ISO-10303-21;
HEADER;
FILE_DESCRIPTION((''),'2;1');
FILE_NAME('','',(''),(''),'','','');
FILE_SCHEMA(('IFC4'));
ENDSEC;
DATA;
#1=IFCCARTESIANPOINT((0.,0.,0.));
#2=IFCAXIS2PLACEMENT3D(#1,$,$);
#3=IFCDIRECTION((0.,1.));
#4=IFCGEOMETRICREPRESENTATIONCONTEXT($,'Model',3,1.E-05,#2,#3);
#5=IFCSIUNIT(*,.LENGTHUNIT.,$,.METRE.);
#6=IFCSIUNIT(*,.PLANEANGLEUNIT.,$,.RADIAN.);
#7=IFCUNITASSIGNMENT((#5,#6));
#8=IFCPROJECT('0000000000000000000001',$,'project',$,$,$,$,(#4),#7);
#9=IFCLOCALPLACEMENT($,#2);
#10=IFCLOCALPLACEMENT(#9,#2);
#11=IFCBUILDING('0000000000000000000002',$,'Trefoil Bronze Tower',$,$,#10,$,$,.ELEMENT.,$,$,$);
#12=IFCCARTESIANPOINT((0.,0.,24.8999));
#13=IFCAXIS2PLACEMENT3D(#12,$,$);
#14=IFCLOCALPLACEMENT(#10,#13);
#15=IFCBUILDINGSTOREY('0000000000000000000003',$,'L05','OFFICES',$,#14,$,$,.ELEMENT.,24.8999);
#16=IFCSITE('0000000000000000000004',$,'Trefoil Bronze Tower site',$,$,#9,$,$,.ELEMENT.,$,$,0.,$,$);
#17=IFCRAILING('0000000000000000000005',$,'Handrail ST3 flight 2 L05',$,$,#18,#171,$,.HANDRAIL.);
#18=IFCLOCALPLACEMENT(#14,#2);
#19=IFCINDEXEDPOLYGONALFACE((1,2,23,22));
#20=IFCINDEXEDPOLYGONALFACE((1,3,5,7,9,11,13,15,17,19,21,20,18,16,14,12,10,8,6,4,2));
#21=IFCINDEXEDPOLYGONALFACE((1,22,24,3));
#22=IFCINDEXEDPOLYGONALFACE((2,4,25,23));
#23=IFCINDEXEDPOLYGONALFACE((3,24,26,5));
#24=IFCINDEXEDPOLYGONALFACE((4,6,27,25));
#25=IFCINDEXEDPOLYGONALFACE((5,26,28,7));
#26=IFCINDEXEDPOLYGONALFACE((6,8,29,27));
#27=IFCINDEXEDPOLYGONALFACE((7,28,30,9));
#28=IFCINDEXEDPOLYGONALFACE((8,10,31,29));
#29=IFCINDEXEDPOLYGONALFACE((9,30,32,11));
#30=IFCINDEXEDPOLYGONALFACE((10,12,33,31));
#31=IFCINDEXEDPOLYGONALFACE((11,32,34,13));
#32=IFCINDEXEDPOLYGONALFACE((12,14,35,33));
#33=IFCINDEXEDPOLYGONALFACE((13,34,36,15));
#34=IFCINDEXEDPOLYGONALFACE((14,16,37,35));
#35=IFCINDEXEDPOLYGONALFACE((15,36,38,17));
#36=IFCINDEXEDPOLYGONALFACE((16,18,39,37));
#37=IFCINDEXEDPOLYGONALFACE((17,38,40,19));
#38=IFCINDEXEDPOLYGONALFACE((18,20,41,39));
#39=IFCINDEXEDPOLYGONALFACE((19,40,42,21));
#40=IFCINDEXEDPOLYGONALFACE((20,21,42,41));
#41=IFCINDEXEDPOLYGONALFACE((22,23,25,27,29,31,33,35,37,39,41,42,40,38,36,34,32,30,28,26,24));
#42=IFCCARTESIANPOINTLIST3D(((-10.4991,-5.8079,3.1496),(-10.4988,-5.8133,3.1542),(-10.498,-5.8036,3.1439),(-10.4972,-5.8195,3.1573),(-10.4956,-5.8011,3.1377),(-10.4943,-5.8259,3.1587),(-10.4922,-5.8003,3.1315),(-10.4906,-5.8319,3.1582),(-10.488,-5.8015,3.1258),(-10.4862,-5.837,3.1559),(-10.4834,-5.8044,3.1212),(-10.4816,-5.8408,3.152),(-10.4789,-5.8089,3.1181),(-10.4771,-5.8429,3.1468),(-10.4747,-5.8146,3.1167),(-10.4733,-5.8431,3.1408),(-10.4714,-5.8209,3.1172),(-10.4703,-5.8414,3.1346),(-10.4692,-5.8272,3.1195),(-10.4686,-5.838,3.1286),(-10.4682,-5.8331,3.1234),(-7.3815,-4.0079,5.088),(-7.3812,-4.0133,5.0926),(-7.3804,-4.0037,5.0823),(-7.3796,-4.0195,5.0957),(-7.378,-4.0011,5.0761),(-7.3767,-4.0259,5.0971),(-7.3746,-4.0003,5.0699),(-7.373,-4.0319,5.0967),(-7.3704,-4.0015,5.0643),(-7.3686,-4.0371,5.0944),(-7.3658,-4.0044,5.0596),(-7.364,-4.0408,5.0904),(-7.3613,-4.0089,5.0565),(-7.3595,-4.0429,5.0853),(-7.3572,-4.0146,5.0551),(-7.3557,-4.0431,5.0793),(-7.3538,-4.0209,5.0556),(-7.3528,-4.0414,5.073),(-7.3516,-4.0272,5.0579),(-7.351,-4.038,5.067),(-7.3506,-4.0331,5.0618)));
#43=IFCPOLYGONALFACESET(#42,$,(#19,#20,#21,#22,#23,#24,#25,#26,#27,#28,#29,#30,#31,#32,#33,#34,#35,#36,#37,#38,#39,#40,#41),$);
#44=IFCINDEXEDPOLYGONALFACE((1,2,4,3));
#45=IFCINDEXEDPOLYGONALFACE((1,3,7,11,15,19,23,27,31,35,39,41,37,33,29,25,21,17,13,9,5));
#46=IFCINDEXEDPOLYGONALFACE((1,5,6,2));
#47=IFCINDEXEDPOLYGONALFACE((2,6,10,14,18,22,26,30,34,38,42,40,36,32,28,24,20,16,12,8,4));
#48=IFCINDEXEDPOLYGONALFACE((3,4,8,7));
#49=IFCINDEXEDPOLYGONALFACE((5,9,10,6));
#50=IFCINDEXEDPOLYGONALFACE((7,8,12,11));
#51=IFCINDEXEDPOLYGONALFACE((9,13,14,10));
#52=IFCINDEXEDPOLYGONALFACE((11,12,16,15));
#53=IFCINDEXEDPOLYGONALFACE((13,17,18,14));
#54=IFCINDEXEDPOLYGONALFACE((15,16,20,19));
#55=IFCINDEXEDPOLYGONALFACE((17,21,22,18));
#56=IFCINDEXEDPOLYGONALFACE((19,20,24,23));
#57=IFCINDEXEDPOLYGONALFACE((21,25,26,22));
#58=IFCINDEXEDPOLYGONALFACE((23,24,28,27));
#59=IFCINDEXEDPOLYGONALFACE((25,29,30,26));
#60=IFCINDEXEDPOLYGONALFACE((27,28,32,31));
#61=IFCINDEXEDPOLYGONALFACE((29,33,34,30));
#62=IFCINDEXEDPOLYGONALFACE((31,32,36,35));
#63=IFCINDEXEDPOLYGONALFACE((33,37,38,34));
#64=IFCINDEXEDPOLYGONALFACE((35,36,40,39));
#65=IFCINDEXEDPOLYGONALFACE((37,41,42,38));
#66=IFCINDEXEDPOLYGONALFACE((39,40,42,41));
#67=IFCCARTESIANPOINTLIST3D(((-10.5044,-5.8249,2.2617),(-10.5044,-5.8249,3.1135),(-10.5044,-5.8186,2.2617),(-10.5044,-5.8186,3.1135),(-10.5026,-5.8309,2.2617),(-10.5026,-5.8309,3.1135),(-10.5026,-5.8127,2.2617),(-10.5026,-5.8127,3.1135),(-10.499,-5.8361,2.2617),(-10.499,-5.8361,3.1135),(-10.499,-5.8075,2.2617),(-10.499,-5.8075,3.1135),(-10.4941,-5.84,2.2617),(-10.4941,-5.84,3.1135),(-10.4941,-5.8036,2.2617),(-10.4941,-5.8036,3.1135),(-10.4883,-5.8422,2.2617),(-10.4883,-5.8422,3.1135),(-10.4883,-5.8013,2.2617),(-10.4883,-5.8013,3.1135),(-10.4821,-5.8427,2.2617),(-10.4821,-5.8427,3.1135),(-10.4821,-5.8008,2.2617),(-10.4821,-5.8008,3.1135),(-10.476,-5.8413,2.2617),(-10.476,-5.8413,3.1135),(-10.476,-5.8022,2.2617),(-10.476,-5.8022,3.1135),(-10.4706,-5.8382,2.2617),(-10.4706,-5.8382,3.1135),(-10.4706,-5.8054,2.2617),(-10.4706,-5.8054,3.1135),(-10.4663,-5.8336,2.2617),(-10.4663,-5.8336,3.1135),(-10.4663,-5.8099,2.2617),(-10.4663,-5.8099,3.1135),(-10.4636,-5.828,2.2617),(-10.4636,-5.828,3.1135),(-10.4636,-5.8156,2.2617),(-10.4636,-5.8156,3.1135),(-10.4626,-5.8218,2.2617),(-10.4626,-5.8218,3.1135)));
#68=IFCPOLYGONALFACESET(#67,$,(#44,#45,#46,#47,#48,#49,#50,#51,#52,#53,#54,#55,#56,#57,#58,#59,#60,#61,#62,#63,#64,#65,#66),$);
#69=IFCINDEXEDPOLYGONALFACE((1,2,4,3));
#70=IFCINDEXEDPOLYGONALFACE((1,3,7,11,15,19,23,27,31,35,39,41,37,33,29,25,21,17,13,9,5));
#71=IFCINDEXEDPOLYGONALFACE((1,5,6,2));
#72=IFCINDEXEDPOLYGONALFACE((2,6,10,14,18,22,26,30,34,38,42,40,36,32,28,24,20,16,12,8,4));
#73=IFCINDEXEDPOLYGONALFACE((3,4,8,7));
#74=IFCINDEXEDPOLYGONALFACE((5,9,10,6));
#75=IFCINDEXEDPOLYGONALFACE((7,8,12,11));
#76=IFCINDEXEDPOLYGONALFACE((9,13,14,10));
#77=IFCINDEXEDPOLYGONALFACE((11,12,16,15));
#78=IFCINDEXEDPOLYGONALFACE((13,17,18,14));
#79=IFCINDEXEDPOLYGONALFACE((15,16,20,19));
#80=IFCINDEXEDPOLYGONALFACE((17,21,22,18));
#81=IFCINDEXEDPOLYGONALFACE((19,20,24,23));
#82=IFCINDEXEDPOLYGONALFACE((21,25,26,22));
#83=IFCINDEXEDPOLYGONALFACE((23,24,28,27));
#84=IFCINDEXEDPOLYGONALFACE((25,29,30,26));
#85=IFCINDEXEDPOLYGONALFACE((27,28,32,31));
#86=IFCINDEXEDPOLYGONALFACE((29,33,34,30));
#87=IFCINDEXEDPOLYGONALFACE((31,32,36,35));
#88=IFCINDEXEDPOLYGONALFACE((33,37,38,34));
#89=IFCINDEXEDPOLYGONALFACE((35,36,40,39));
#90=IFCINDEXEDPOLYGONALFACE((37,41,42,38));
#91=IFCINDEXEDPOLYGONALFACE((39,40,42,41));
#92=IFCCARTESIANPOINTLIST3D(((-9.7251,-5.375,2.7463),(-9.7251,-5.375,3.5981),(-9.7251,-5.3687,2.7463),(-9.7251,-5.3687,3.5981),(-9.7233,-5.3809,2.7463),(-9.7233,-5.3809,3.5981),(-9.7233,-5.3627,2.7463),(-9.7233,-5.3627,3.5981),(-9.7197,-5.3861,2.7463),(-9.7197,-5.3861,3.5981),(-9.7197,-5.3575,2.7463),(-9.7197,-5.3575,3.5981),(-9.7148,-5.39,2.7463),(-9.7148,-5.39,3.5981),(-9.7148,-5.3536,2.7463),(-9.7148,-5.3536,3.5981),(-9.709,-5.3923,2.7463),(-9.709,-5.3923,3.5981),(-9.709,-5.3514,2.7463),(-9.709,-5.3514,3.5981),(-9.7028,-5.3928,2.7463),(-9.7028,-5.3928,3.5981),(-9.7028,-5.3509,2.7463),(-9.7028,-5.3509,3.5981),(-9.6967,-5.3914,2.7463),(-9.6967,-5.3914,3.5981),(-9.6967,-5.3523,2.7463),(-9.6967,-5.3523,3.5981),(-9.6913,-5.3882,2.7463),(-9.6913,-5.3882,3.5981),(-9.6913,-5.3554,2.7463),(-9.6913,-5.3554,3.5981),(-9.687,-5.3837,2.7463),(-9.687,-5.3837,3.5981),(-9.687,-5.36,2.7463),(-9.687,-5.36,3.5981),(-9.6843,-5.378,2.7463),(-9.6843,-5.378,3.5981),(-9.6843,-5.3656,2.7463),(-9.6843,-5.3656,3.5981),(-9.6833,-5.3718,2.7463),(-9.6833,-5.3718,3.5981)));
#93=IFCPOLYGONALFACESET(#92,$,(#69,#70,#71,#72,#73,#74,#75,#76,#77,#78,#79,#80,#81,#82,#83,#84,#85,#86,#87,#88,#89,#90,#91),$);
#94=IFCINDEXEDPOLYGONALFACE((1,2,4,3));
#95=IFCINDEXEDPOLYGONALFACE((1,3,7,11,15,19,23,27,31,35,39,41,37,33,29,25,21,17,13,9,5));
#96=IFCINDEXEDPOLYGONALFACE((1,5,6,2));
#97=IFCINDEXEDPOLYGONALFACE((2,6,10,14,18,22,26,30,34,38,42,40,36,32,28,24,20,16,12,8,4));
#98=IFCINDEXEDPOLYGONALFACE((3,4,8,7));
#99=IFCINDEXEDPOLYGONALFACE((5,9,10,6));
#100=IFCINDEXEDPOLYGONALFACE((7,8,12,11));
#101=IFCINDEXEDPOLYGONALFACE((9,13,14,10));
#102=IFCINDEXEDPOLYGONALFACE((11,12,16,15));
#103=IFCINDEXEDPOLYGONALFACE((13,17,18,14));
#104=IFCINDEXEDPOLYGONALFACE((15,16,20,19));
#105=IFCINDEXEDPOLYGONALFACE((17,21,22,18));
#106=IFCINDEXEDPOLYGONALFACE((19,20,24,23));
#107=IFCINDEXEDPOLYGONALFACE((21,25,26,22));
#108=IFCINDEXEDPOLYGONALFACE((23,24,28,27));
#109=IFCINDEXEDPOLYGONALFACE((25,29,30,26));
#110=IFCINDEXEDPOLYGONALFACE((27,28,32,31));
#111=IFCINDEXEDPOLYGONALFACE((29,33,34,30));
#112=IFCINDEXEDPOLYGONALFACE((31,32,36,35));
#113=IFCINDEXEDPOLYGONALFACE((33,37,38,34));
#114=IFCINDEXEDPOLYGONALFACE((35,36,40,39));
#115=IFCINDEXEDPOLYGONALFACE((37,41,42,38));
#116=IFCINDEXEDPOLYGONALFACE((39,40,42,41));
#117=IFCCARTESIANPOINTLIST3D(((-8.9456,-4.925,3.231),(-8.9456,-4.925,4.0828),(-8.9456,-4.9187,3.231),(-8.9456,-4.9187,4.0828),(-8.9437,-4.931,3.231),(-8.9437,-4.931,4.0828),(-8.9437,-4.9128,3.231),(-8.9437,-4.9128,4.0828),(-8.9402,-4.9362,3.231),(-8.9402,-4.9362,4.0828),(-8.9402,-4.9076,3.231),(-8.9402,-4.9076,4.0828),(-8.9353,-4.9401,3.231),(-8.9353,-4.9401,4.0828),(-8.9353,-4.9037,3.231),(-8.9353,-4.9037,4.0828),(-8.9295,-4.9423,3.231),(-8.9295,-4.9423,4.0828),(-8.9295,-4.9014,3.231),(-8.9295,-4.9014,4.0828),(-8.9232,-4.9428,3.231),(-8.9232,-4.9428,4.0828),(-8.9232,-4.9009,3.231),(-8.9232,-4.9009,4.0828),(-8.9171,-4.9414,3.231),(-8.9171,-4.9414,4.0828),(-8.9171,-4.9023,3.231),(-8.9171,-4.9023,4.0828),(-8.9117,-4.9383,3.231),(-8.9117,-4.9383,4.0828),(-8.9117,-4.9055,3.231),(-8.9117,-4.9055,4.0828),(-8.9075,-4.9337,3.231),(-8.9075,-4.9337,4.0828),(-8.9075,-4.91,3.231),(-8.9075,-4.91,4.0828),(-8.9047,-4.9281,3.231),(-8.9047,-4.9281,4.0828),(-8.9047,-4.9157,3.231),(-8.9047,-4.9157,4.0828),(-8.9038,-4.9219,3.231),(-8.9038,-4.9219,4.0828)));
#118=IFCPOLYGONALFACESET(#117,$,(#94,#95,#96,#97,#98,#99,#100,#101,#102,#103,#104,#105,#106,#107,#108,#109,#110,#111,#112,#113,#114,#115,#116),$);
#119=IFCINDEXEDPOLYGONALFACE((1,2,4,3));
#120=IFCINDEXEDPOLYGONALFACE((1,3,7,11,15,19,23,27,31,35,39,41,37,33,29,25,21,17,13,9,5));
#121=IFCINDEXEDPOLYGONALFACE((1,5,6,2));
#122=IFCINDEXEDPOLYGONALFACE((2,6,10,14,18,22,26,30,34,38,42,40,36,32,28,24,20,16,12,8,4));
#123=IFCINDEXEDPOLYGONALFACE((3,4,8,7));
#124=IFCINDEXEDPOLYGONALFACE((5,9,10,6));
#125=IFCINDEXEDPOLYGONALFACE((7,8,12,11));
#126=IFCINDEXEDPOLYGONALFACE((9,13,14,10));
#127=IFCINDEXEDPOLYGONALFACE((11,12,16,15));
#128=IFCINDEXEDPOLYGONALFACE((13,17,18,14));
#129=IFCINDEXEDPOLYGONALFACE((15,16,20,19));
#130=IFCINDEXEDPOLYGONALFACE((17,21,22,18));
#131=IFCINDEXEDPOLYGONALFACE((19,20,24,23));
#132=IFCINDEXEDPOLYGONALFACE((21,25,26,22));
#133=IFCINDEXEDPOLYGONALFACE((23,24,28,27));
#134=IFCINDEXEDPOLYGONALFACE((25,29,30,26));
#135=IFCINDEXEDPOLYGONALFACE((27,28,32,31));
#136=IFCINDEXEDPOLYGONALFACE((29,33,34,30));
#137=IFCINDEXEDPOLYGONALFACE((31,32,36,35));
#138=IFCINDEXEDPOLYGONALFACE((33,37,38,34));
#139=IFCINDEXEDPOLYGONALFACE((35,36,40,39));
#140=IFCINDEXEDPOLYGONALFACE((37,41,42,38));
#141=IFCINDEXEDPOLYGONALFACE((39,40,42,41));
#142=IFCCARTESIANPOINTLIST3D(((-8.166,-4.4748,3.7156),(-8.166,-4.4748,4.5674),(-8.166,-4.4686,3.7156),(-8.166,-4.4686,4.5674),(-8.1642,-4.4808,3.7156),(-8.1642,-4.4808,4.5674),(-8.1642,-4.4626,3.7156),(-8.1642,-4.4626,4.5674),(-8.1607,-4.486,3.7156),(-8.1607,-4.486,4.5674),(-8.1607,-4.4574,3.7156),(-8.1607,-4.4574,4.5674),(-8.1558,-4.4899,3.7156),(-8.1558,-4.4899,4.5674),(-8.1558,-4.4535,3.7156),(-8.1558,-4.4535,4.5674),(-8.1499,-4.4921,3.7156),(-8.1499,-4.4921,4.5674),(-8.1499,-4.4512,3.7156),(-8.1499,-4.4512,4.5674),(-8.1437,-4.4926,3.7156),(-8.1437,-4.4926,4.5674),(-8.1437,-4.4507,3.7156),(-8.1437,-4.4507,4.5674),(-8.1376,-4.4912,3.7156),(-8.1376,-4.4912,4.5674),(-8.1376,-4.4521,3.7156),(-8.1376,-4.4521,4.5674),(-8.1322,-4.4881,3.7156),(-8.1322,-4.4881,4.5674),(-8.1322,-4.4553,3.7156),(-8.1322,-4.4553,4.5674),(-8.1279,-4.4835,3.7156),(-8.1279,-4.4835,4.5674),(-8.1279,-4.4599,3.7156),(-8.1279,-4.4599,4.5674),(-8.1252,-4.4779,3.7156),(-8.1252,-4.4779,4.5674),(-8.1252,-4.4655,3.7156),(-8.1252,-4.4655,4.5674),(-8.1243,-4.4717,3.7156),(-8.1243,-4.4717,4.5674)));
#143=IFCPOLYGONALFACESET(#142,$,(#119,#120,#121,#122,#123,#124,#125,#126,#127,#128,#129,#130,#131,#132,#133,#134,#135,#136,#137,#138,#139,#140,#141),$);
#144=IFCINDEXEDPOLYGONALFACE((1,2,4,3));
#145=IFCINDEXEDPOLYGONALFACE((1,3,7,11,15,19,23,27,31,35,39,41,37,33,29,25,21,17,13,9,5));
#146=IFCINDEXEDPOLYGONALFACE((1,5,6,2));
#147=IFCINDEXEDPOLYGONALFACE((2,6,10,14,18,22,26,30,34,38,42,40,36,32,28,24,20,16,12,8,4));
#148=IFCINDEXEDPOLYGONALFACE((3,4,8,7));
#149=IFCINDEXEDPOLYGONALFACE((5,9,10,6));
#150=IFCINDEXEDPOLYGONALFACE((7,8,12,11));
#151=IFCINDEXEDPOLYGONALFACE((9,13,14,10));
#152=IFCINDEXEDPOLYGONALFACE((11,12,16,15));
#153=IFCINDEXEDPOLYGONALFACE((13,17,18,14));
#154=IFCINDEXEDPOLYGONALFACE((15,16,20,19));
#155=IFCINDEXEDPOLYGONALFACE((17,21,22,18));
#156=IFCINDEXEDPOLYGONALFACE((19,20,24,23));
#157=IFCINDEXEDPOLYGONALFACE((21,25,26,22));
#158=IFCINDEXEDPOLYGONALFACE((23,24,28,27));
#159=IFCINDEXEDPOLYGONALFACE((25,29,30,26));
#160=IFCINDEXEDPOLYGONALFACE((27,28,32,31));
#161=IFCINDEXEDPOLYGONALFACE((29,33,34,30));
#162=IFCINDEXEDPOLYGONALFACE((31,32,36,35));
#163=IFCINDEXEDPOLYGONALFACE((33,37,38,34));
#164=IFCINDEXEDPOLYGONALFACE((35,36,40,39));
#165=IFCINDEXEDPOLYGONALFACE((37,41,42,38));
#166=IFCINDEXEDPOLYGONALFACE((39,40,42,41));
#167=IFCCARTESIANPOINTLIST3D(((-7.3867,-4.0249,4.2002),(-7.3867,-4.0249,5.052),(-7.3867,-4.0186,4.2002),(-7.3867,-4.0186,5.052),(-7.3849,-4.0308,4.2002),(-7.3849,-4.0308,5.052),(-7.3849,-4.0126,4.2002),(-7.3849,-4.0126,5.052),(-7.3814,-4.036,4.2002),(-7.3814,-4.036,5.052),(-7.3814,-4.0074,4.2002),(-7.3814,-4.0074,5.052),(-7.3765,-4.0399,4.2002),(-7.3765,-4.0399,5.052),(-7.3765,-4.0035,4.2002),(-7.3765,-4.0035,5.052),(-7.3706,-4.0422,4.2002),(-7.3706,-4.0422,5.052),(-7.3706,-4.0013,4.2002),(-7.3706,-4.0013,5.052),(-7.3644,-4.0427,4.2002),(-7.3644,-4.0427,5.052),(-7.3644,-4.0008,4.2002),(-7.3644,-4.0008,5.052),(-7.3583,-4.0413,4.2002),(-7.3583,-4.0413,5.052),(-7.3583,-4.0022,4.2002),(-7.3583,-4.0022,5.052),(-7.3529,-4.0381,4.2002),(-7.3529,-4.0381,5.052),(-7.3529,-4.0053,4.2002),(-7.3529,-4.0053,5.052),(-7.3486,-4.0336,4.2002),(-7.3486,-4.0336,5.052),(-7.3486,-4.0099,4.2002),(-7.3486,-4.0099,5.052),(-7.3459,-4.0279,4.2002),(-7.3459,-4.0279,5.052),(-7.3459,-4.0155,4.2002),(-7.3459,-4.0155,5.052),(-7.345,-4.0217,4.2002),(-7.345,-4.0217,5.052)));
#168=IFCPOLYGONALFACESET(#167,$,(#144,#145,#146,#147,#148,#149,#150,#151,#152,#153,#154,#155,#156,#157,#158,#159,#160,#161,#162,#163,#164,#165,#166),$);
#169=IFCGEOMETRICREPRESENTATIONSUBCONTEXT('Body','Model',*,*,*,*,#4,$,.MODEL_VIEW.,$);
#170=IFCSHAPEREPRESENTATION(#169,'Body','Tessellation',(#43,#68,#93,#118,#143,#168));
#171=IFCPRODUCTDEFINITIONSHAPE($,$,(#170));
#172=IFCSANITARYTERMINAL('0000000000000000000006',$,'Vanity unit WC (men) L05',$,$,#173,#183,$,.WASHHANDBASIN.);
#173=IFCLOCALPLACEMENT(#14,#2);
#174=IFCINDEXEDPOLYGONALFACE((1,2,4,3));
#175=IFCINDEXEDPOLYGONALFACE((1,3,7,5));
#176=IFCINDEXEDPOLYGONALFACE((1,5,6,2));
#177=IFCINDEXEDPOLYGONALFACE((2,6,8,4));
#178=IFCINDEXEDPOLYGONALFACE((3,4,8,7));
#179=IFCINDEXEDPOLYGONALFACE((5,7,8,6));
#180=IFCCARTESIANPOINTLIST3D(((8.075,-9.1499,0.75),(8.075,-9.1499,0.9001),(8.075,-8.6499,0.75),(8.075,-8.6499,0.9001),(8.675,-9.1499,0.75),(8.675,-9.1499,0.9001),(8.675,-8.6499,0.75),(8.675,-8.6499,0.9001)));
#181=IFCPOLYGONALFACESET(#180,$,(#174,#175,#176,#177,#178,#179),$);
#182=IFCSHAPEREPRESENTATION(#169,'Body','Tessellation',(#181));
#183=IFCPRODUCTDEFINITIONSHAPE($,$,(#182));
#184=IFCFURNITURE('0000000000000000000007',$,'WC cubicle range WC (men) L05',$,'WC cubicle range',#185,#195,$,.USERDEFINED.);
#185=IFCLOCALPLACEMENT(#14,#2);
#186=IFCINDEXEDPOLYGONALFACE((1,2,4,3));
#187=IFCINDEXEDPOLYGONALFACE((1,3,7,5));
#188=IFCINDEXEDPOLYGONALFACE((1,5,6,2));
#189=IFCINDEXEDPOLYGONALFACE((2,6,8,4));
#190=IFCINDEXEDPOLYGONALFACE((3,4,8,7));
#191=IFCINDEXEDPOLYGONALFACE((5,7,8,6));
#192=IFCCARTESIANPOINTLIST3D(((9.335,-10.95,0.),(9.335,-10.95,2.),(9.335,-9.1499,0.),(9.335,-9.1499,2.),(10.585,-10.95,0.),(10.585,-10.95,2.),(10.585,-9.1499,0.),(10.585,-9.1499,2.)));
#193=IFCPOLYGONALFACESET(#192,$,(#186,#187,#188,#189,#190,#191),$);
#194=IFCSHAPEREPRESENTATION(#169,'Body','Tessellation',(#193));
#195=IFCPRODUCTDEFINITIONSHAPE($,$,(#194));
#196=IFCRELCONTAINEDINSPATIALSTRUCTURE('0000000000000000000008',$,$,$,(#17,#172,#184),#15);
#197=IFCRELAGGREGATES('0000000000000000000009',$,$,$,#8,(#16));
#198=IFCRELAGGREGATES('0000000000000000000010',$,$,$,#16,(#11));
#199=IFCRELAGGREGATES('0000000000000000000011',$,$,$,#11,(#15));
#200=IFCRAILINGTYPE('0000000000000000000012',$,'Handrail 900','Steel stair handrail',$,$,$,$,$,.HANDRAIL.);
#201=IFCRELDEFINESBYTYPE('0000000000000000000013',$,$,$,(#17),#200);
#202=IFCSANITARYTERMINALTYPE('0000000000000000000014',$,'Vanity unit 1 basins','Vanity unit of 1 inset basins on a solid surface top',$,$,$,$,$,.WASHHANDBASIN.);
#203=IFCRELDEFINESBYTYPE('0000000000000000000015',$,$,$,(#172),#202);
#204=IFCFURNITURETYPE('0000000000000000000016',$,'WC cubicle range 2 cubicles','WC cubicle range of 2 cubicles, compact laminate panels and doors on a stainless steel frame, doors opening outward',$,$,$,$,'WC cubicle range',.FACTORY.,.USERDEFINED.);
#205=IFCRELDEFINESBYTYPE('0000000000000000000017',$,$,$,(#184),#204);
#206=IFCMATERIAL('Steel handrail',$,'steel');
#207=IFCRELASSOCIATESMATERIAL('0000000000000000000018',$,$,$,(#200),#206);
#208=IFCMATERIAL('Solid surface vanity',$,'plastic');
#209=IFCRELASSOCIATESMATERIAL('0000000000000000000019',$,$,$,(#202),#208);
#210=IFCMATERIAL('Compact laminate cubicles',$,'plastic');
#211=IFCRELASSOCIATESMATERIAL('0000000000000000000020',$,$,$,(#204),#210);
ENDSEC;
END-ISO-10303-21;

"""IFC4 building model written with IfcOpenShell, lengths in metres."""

from ifc_helpers import new_model, si_unit, direction, frame, origin, origin_2d, place, context, subcontext, project, spatial, polyline, circle, outline, extrude, material, type_object, element, save


model = new_model("IFC4")

# Units and contexts
model_context = context("Model", 3, precision=1e-05, world=origin(), true_north=direction((0.0, 1.0)))
body_context = subcontext(model_context, "Body", "Model", "MODEL_VIEW")
ifc_project = project(units=[si_unit("LENGTHUNIT", "METRE"), si_unit("PLANEANGLEUNIT", "RADIAN")], contexts=[model_context])

# Site, building, storey
site_placement = place(None, origin())
site = spatial("IfcSite", under=ifc_project, at=site_placement, Name="Trefoil Bronze Tower site", CompositionType="ELEMENT", RefElevation=0.0)
building_placement = place(site_placement, origin())
building = spatial("IfcBuilding", under=site, at=building_placement, Name="Trefoil Bronze Tower", CompositionType="ELEMENT")
storey_placement = place(building_placement, frame((0.0, 0.0, 24.8999)))
storey = spatial("IfcBuildingStorey", under=building, at=storey_placement, Name="L05", Description="OFFICES", CompositionType="ELEMENT", Elevation=24.8999)

# Railing
ifc_material_1 = material(Name="Steel handrail", Category="steel")
railing_type = type_object("IfcRailingType", Name="Handrail 900", Description="Steel stair handrail", PredefinedType="HANDRAIL", material=ifc_material_1)
railing_1_placement = place(storey_placement, frame((-10.4836, -5.8218, 2.2617)))
element("IfcRailing", 1, at=railing_1_placement, inside=storey, type_object=railing_type, Name="Handrail ST3 flight 2 L05", PredefinedType="HANDRAIL", context=body_context, shape_type="SweptSolid", body=[
    extrude(circle(Radius=0.0239, at=origin_2d()), frame((0.0, 0.0, 0.876), z_axis=(0.762503, 0.440246, 0.474102), x_axis=(-0.500012, 0.866018, 0.0)), (0.0, 0.0, 1.0), 4.0886),
    extrude(circle(Radius=0.021, at=origin_2d()), origin(), (0.0, 0.0, 1.0), 0.8518),
    extrude(circle(Radius=0.021, at=origin_2d()), frame((0.7793, 0.45, 0.4846)), (0.0, 0.0, 1.0), 0.8518),
    extrude(circle(Radius=0.021, at=origin_2d()), frame((1.5588, 0.8999, 0.9692)), (0.0, 0.0, 1.0), 0.8518),
    extrude(circle(Radius=0.021, at=origin_2d()), frame((2.3384, 1.3501, 1.4539)), (0.0, 0.0, 1.0), 0.8518),
    extrude(circle(Radius=0.021, at=origin_2d()), frame((3.1177, 1.8, 1.9385)), (0.0, 0.0, 1.0), 0.8518),
])

# Sanitary terminal
ifc_material_2 = material(Name="Solid surface vanity", Category="plastic")
sanitary_terminal_type = type_object("IfcSanitaryTerminalType", Name="Vanity unit 1 basins", Description="Vanity unit of 1 inset basins on a solid surface top", PredefinedType="WASHHANDBASIN", material=ifc_material_2)
sanitary_terminal_placement = place(storey_placement, frame((0.0, 0.0, 0.75)))
element("IfcSanitaryTerminal", 2, at=sanitary_terminal_placement, inside=storey, type_object=sanitary_terminal_type, Name="Vanity unit WC (men) L05", PredefinedType="WASHHANDBASIN", context=body_context, shape_type="SweptSolid", body=[
    extrude(outline(polyline([(8.075, -8.6499), (8.675, -8.6499), (8.675, -9.1499), (8.075, -9.1499), (8.075, -8.6499)])), origin(), (0.0, 0.0, 1.0), 0.1501),
])

# Furniture
ifc_material_3 = material(Name="Compact laminate cubicles", Category="plastic")
furniture_type = type_object("IfcFurnitureType", Name="WC cubicle range 2 cubicles", Description="WC cubicle range of 2 cubicles, compact laminate panels and doors on a stainless steel frame, doors opening outward", ElementType="WC cubicle range", AssemblyPlace="FACTORY", PredefinedType="USERDEFINED", material=ifc_material_3)
furniture_placement = place(storey_placement, origin())
element("IfcFurniture", 3, at=furniture_placement, inside=storey, type_object=furniture_type, Name="WC cubicle range WC (men) L05", ObjectType="WC cubicle range", PredefinedType="USERDEFINED", context=body_context, shape_type="SweptSolid", body=[
    extrude(outline(polyline([(9.335, -9.1499), (10.585, -9.1499), (10.585, -10.95), (9.335, -10.95), (9.335, -9.1499)])), origin(), (0.0, 0.0, 1.0), 2.0),
])

save(model, "model.ifc")
